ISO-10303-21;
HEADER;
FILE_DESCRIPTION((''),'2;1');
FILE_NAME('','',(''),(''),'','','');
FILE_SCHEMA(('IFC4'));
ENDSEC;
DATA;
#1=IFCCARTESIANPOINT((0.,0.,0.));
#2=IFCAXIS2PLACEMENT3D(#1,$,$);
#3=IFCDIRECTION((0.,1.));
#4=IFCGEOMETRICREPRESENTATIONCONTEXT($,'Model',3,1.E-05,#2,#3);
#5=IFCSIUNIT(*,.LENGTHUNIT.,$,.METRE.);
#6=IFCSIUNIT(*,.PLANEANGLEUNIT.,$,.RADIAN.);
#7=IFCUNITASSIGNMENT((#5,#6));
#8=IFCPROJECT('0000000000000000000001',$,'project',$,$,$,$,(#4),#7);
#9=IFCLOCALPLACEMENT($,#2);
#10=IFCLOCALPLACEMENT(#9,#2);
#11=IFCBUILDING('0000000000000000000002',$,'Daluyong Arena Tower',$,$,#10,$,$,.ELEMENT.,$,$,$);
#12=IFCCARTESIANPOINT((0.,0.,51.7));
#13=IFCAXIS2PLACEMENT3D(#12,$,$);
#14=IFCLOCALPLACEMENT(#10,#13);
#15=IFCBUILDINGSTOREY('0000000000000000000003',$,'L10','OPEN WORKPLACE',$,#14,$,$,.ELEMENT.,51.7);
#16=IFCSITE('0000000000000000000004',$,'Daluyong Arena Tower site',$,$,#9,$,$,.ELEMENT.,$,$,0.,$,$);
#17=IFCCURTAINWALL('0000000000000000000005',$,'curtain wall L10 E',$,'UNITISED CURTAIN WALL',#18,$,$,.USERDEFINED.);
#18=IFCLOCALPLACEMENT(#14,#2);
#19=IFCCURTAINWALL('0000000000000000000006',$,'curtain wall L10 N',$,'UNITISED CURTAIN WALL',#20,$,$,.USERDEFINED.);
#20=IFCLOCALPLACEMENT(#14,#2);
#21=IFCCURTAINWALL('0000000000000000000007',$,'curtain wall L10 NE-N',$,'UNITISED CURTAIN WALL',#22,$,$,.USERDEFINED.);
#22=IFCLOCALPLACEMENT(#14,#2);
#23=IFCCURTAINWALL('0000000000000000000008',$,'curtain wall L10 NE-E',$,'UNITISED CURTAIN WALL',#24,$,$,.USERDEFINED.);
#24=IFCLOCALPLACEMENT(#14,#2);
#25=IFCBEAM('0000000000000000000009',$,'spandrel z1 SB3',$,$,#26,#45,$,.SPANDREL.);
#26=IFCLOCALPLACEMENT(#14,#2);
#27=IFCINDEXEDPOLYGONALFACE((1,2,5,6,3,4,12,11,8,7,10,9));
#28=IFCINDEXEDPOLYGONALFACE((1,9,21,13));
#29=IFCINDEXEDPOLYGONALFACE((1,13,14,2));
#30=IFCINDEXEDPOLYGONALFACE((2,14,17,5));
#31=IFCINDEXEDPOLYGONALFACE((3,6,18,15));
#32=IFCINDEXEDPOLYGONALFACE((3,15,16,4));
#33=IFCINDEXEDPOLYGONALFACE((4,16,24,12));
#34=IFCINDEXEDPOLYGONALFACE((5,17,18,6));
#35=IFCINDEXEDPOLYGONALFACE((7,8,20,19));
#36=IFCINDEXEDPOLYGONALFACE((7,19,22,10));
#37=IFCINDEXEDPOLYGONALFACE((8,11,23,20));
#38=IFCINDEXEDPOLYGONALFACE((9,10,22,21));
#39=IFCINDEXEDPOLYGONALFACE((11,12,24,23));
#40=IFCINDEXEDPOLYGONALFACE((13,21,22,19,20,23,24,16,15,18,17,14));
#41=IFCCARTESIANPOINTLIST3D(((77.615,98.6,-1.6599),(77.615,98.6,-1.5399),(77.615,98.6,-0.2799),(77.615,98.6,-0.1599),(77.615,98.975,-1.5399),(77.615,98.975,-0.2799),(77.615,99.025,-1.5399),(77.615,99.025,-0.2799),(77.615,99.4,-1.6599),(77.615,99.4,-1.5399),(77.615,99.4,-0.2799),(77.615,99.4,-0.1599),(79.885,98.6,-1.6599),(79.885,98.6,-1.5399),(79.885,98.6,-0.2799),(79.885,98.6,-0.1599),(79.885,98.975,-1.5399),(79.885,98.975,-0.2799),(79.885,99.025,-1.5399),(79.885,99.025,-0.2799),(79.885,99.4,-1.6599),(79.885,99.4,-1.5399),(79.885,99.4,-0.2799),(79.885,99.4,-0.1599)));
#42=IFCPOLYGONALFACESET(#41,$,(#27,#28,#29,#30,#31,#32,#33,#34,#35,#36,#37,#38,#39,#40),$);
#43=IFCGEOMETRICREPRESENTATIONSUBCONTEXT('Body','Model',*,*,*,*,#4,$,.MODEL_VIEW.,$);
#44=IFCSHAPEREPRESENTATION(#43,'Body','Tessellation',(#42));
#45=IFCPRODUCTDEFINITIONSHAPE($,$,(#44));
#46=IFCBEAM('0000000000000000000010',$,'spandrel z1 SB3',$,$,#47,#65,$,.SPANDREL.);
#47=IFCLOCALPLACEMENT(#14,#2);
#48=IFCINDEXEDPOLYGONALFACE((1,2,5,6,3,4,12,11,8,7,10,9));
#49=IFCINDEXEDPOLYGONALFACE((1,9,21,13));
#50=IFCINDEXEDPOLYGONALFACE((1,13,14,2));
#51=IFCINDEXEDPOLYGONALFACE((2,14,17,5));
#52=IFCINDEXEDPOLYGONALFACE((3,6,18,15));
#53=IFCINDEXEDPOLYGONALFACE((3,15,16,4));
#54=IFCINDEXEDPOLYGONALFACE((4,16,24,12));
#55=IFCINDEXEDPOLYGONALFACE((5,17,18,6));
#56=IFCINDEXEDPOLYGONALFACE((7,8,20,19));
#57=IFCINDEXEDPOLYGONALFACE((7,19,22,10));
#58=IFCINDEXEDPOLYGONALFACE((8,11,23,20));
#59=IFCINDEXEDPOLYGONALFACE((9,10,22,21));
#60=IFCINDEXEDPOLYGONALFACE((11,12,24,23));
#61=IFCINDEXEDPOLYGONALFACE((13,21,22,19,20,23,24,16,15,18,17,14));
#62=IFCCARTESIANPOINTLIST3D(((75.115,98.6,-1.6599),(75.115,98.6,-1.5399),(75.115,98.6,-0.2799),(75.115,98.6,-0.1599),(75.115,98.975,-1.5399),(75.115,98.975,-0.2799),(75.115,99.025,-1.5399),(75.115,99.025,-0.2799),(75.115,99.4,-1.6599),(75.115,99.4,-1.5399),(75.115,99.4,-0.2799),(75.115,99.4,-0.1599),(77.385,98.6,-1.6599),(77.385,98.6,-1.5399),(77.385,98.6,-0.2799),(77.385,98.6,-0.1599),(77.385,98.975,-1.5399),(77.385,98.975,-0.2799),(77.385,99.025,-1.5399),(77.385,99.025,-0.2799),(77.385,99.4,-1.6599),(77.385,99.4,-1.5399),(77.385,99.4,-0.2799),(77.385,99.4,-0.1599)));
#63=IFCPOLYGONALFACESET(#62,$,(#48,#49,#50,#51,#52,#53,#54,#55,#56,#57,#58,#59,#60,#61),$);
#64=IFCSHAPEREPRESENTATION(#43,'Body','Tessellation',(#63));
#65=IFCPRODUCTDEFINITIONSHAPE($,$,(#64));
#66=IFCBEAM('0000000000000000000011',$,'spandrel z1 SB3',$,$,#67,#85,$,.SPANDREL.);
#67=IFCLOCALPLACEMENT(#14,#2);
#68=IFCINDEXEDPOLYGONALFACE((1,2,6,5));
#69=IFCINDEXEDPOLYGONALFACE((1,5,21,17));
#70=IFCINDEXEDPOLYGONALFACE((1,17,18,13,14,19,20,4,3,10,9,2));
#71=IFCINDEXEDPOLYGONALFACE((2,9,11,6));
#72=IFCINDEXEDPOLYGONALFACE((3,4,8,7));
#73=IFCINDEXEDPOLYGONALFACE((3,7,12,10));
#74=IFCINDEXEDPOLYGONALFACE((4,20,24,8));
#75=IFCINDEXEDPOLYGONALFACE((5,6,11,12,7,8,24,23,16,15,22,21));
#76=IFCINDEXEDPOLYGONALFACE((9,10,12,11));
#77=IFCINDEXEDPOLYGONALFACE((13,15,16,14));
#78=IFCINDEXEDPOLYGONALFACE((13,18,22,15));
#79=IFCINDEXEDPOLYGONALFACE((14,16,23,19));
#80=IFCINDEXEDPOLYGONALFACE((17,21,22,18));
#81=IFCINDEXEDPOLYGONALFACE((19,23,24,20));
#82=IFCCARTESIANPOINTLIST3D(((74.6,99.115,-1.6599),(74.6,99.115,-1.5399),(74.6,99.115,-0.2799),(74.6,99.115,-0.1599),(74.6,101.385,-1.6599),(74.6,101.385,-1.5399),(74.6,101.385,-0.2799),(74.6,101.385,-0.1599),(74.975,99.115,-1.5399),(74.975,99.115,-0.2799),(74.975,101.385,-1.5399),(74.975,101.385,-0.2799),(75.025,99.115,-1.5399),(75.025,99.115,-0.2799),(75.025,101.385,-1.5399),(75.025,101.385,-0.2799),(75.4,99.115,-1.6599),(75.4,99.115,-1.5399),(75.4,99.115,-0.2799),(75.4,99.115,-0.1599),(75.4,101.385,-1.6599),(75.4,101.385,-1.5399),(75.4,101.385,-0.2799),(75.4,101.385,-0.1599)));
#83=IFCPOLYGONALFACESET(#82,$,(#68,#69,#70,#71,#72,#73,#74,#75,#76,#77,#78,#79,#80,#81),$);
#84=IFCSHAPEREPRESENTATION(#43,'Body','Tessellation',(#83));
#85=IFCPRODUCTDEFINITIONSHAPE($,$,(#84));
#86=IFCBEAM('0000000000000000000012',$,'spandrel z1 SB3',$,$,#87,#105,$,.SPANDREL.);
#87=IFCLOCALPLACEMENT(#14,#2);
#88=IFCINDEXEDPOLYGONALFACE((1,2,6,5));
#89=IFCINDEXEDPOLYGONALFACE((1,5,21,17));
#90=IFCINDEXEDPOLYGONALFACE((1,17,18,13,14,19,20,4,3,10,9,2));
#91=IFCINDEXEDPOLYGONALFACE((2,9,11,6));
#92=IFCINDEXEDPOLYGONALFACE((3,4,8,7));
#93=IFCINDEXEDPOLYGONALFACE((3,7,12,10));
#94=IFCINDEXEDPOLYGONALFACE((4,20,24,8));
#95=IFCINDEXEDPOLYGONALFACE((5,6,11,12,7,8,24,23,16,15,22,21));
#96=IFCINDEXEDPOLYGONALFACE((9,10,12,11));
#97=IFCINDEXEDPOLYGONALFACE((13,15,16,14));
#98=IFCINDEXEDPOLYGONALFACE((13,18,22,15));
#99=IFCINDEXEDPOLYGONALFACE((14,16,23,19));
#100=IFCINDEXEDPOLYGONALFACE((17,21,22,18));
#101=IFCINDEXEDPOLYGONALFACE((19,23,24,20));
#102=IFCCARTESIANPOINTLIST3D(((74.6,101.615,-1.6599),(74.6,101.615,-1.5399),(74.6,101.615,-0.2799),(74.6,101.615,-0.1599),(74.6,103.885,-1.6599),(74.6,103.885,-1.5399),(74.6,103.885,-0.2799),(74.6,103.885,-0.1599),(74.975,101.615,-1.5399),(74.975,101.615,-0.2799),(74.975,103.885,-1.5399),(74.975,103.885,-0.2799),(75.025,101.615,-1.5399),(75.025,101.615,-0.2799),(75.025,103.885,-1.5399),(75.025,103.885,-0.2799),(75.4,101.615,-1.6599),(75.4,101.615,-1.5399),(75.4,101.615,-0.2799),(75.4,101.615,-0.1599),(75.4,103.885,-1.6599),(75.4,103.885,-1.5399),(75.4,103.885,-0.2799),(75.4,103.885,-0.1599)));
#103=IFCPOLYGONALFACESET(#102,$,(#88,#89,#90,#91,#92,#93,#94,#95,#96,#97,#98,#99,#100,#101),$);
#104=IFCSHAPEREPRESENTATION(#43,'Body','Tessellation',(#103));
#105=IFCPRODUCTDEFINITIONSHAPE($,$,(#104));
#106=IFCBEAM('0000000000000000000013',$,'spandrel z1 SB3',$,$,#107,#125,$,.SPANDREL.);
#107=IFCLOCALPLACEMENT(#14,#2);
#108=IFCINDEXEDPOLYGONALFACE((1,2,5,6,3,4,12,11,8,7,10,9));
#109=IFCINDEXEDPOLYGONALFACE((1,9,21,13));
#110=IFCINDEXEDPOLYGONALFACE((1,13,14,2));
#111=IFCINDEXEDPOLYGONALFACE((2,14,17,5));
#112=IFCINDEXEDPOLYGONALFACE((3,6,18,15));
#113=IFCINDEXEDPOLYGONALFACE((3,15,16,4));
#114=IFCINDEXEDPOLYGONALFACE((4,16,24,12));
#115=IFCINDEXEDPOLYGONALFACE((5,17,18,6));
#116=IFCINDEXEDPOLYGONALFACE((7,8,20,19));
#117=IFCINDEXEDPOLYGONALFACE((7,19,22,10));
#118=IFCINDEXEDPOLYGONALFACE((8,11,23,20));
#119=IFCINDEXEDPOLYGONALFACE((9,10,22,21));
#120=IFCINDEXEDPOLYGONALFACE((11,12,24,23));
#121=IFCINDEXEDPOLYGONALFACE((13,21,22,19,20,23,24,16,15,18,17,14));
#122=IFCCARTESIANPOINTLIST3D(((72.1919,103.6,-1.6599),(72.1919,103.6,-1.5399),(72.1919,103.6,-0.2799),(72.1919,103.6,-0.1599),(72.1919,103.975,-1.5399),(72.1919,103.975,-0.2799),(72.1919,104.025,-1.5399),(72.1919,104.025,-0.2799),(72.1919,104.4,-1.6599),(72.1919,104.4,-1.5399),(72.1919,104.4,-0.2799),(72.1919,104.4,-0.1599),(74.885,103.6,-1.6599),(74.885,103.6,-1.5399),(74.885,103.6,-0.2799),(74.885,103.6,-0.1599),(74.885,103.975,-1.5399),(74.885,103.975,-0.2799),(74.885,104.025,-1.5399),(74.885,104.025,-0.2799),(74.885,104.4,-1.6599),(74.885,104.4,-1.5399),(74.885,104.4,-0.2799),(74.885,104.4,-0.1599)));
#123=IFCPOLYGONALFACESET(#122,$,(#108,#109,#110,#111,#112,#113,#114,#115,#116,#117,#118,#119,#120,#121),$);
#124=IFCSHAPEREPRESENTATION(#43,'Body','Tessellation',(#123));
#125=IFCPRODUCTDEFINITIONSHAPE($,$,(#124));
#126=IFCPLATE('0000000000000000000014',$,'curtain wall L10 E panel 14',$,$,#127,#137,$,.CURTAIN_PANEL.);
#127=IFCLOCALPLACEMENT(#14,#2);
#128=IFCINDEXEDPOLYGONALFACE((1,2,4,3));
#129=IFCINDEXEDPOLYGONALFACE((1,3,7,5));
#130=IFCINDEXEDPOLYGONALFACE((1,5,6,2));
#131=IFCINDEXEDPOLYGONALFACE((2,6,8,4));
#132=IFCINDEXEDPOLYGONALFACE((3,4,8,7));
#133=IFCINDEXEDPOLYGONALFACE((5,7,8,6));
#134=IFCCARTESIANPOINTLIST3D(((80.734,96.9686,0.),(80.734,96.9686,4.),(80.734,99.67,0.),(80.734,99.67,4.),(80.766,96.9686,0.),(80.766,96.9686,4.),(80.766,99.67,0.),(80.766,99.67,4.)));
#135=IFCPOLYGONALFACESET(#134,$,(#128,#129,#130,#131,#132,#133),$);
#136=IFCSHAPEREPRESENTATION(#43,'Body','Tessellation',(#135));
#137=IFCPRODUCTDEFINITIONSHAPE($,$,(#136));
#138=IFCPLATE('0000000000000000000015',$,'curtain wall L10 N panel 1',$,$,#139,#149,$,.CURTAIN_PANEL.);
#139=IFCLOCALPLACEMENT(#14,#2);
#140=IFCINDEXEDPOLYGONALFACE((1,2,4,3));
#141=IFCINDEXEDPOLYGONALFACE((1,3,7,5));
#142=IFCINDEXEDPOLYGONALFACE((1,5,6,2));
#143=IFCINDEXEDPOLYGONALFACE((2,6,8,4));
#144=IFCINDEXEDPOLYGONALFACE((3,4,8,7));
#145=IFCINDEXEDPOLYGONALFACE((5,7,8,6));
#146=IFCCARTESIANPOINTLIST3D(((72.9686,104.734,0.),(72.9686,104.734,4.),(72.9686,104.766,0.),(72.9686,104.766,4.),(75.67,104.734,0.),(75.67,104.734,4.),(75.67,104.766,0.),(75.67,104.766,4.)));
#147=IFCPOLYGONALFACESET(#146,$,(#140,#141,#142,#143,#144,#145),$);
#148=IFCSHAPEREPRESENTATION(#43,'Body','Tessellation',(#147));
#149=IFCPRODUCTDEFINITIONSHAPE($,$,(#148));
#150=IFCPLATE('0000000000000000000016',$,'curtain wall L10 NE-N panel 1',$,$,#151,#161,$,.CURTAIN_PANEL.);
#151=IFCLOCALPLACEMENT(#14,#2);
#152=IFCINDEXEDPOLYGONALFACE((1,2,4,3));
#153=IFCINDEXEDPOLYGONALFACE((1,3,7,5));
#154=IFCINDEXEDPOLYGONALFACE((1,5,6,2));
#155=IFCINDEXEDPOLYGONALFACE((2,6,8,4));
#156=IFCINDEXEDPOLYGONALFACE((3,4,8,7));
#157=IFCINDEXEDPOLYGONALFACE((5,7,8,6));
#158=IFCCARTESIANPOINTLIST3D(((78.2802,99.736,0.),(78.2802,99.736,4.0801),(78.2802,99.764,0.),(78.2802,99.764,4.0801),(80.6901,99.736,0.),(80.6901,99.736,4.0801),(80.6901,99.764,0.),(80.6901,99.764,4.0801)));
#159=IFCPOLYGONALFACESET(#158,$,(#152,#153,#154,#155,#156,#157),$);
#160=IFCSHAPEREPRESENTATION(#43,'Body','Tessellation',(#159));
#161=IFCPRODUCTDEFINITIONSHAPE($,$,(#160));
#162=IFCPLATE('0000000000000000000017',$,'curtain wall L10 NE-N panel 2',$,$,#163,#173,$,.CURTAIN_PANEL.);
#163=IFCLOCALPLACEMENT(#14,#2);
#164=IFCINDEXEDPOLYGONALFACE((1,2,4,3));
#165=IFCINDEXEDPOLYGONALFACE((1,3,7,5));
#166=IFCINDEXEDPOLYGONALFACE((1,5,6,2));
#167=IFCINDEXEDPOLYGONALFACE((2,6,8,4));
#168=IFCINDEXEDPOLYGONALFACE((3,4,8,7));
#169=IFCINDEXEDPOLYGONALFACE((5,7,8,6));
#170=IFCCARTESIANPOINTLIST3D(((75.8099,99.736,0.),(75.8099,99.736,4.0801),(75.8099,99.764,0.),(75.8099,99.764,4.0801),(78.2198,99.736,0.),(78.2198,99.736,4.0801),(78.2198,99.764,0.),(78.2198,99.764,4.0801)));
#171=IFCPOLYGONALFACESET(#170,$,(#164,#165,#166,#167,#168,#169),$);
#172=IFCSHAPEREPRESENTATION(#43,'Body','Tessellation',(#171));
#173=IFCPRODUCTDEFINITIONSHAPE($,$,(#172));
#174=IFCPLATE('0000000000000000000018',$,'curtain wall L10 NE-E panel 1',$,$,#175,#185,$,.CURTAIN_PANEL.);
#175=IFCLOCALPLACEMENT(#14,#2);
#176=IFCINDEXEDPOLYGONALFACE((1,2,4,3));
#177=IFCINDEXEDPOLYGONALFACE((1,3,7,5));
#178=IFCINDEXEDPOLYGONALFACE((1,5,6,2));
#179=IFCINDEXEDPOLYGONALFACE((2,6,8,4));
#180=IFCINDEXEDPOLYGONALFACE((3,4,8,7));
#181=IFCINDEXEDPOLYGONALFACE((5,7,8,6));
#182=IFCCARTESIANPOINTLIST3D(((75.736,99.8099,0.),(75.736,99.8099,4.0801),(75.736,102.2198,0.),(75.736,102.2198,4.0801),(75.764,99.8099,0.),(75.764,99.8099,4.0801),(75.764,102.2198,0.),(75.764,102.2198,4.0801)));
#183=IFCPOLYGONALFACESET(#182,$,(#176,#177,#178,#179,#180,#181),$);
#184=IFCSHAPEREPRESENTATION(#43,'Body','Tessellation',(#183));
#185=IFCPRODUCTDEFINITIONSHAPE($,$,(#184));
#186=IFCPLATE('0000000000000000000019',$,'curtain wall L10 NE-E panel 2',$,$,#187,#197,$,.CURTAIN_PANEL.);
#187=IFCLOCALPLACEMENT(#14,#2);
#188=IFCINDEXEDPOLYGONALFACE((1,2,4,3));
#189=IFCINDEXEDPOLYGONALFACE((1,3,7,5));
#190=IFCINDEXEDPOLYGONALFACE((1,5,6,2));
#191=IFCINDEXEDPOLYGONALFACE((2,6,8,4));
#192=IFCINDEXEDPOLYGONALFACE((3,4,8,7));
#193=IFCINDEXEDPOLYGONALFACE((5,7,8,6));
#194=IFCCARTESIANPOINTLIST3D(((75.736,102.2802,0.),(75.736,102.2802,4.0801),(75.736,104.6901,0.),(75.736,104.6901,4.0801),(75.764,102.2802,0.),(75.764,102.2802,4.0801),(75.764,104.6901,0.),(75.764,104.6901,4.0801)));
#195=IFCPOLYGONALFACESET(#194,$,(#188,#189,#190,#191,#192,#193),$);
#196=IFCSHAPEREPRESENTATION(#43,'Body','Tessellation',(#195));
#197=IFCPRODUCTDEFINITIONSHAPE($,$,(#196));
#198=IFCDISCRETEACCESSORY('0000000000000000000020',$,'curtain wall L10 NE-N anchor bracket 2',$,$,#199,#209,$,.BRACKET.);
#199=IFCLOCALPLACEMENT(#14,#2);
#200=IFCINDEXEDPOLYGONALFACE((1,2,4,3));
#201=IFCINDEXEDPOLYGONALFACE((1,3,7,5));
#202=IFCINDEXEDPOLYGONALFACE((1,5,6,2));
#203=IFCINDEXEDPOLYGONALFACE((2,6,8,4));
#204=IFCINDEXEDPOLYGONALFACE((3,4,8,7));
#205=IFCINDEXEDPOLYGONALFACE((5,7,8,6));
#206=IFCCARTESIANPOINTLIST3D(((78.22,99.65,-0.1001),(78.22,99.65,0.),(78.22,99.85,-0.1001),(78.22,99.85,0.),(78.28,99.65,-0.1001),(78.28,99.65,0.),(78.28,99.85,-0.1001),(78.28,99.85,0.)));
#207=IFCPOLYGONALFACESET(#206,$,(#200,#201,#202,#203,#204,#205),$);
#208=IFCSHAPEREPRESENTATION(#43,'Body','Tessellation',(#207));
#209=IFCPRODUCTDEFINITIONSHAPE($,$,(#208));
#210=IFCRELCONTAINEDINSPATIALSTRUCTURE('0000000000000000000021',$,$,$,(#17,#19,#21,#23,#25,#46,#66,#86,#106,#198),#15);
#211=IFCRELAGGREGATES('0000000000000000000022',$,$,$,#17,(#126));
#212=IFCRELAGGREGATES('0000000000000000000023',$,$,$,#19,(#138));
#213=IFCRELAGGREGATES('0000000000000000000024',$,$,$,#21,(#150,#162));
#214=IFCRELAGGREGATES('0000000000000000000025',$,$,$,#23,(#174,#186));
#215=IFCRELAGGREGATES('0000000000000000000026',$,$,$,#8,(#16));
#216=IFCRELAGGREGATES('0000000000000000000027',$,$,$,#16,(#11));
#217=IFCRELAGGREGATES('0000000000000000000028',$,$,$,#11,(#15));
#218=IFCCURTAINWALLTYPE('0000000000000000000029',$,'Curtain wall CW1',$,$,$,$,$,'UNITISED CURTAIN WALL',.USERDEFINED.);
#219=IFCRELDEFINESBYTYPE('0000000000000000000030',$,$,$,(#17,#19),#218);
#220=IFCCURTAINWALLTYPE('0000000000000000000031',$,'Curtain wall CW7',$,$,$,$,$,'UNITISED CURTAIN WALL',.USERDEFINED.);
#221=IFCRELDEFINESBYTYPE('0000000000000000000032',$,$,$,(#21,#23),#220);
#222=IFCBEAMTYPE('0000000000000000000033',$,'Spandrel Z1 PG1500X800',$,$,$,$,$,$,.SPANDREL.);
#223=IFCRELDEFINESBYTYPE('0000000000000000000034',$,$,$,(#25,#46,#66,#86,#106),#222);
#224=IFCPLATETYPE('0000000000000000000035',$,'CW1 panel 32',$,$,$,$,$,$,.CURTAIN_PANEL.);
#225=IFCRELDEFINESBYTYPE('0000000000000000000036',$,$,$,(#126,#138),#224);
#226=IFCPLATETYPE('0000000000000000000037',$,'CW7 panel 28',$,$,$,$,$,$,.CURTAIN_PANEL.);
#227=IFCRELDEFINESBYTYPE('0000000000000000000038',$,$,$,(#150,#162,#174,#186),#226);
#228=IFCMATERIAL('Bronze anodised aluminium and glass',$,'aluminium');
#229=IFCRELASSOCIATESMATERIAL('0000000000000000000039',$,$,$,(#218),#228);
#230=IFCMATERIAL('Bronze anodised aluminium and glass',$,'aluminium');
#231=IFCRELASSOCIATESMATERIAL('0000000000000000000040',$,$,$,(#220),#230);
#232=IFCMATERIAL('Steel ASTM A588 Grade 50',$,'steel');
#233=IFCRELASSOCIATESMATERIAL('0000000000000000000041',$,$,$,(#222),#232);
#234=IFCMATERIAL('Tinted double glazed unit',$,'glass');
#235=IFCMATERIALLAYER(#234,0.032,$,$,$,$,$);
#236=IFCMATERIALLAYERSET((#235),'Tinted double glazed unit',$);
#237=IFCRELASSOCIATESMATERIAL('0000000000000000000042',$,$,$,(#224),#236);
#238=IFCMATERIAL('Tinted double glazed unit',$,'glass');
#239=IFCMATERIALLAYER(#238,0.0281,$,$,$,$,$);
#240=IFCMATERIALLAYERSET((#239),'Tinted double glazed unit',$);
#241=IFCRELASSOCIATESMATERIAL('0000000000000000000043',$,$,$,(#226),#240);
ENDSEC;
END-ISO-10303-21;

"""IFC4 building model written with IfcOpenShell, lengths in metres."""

from ifc_helpers import new_model, si_unit, direction, frame, origin, origin_2d, place, context, subcontext, project, spatial, rectangle, i_section, extrude, material, layer, layer_set, material_profile, profile_set, type_object, element, aggregate, save


model = new_model("IFC4")

# Units and contexts
model_context = context("Model", 3, precision=1e-05, world=origin(), true_north=direction((0.0, 1.0)))
body_context = subcontext(model_context, "Body", "Model", "MODEL_VIEW")
ifc_project = project(units=[si_unit("LENGTHUNIT", "METRE"), si_unit("PLANEANGLEUNIT", "RADIAN")], contexts=[model_context])

# Site, building, storey
site_placement = place(None, origin())
site = spatial("IfcSite", under=ifc_project, at=site_placement, Name="Daluyong Arena Tower site", CompositionType="ELEMENT", RefElevation=0.0)
building_placement = place(site_placement, origin())
building = spatial("IfcBuilding", under=site, at=building_placement, Name="Daluyong Arena Tower", CompositionType="ELEMENT")
storey_placement = place(building_placement, frame((0.0, 0.0, 51.7)))
storey = spatial("IfcBuildingStorey", under=building, at=storey_placement, Name="L10", Description="OPEN WORKPLACE", CompositionType="ELEMENT", Elevation=51.7)

# Curtain walls
ifc_material_1 = material(Name="Bronze anodised aluminium and glass", Category="aluminium")
curtain_wall_type_1 = type_object("IfcCurtainWallType", Name="Curtain wall CW1", ElementType="UNITISED CURTAIN WALL", PredefinedType="USERDEFINED", material=ifc_material_1)
curtain_wall_1_placement = place(storey_placement, origin())
curtain_wall_1 = element("IfcCurtainWall", 1, at=curtain_wall_1_placement, inside=storey, type_object=curtain_wall_type_1, Name="curtain wall L10 E", ObjectType="UNITISED CURTAIN WALL", PredefinedType="USERDEFINED")
curtain_wall_2_placement = place(storey_placement, origin())
curtain_wall_2 = element("IfcCurtainWall", 2, at=curtain_wall_2_placement, inside=storey, type_object=curtain_wall_type_1, Name="curtain wall L10 N", ObjectType="UNITISED CURTAIN WALL", PredefinedType="USERDEFINED")

# Curtain walls
ifc_material_2 = material(Name="Bronze anodised aluminium and glass", Category="aluminium")
curtain_wall_type_2 = type_object("IfcCurtainWallType", Name="Curtain wall CW7", ElementType="UNITISED CURTAIN WALL", PredefinedType="USERDEFINED", material=ifc_material_2)
curtain_wall_3_placement = place(storey_placement, origin())
curtain_wall_3 = element("IfcCurtainWall", 3, at=curtain_wall_3_placement, inside=storey, type_object=curtain_wall_type_2, Name="curtain wall L10 NE-N", ObjectType="UNITISED CURTAIN WALL", PredefinedType="USERDEFINED")
curtain_wall_4_placement = place(storey_placement, origin())
curtain_wall_4 = element("IfcCurtainWall", 4, at=curtain_wall_4_placement, inside=storey, type_object=curtain_wall_type_2, Name="curtain wall L10 NE-E", ObjectType="UNITISED CURTAIN WALL", PredefinedType="USERDEFINED")

# Beams
ifc_material_3 = material(Name="Steel ASTM A588 Grade 50", Category="steel")
ifc_material_profile_1 = material_profile(ifc_material_3, i_section(OverallWidth=0.8, OverallDepth=1.5, WebThickness=0.05, FlangeThickness=0.12, at=origin_2d()))
ifc_profile_set_1 = profile_set([ifc_material_profile_1], Name="Steel ASTM A588 Grade 50")
beam_type_1 = type_object("IfcBeamType", Name="Spandrel Z1 PG1500X800", PredefinedType="SPANDREL", material=ifc_profile_set_1)
for number, where, z_axis, x_axis, name in (
    (5, (79.885, 99.0, -0.9099), (-1.0, 0.0, 0.0), (0.0, -1.0, 0.0), "spandrel z1 SB3"),
    (6, (77.385, 99.0, -0.9099), (-1.0, 0.0, 0.0), (0.0, -1.0, 0.0), "spandrel z1 SB3"),
    (7, (75.0, 99.115, -0.9099), (0.0, 1.0, 0.0), (-1.0, 0.0, 0.0), "spandrel z1 SB3"),
    (8, (75.0, 101.615, -0.9099), (0.0, 1.0, 0.0), (-1.0, 0.0, 0.0), "spandrel z1 SB3"),
):
    element("IfcBeam", number, at=place(storey_placement, frame(where, z_axis=z_axis, x_axis=x_axis)), inside=storey, type_object=beam_type_1, Name=name, PredefinedType="SPANDREL", context=body_context, shape_type="SweptSolid", body=[
        extrude(i_section(OverallWidth=0.8, OverallDepth=1.5, WebThickness=0.05, FlangeThickness=0.12, at=origin_2d()), origin(), (0.0, 0.0, 1.0), 2.27),
    ])
beam_1_placement = place(storey_placement, frame((74.885, 104.0, -0.9099), z_axis=(-1.0, 0.0, 0.0), x_axis=(0.0, -1.0, 0.0)))
element("IfcBeam", 9, at=beam_1_placement, inside=storey, type_object=beam_type_1, Name="spandrel z1 SB3", PredefinedType="SPANDREL", context=body_context, shape_type="SweptSolid", body=[
    extrude(i_section(OverallWidth=0.8, OverallDepth=1.5, WebThickness=0.05, FlangeThickness=0.12, at=origin_2d()), origin(), (0.0, 0.0, 1.0), 2.6931),
])

# Plates
ifc_material_4 = material(Name="Tinted double glazed unit", Category="glass")
ifc_layer_1 = layer(ifc_material_4, 0.032)
ifc_layer_set_1 = layer_set([ifc_layer_1], Name="Tinted double glazed unit")
plate_type_1 = type_object("IfcPlateType", Name="CW1 panel 32", PredefinedType="CURTAIN_PANEL", material=ifc_layer_set_1)
plate_1_placement = place(storey_placement, frame((80.75, 98.3193, 0.0), z_axis=(0.0, 0.0, 1.0), x_axis=(0.0, 1.0, 0.0)))
plate_1 = element("IfcPlate", 10, at=plate_1_placement, type_object=plate_type_1, Name="curtain wall L10 E panel 14", PredefinedType="CURTAIN_PANEL", context=body_context, shape_type="SweptSolid", body=[
    extrude(rectangle(XDim=2.7014, YDim=0.032, at=origin_2d()), origin(), (0.0, 0.0, 1.0), 4.0),
])
aggregate(curtain_wall_1, [plate_1])
plate_2_placement = place(storey_placement, frame((74.3193, 104.75, 0.0), z_axis=(0.0, 0.0, 1.0), x_axis=(-1.0, 0.0, 0.0)))
plate_2 = element("IfcPlate", 11, at=plate_2_placement, type_object=plate_type_1, Name="curtain wall L10 N panel 1", PredefinedType="CURTAIN_PANEL", context=body_context, shape_type="SweptSolid", body=[
    extrude(rectangle(XDim=2.7014, YDim=0.032, at=origin_2d()), origin(), (0.0, 0.0, 1.0), 4.0),
])
aggregate(curtain_wall_2, [plate_2])
ifc_material_5 = material(Name="Tinted double glazed unit", Category="glass")
ifc_layer_2 = layer(ifc_material_5, 0.0281)
ifc_layer_set_2 = layer_set([ifc_layer_2], Name="Tinted double glazed unit")
plate_type_2 = type_object("IfcPlateType", Name="CW7 panel 28", PredefinedType="CURTAIN_PANEL", material=ifc_layer_set_2)
plate_3_placement = place(storey_placement, frame((79.4851, 99.75, 0.0), z_axis=(0.0, 0.0, 1.0), x_axis=(-1.0, 0.0, 0.0)))
plate_3 = element("IfcPlate", 12, at=plate_3_placement, type_object=plate_type_2, Name="curtain wall L10 NE-N panel 1", PredefinedType="CURTAIN_PANEL", context=body_context, shape_type="SweptSolid", body=[
    extrude(rectangle(XDim=2.4099, YDim=0.0281, at=origin_2d()), origin(), (0.0, 0.0, 1.0), 4.0801),
])
plate_4_placement = place(storey_placement, frame((77.0149, 99.75, 0.0), z_axis=(0.0, 0.0, 1.0), x_axis=(-1.0, 0.0, 0.0)))
plate_4 = element("IfcPlate", 13, at=plate_4_placement, type_object=plate_type_2, Name="curtain wall L10 NE-N panel 2", PredefinedType="CURTAIN_PANEL", context=body_context, shape_type="SweptSolid", body=[
    extrude(rectangle(XDim=2.4099, YDim=0.0281, at=origin_2d()), origin(), (0.0, 0.0, 1.0), 4.0801),
])
aggregate(curtain_wall_3, [plate_3, plate_4])
plate_5_placement = place(storey_placement, frame((75.75, 101.0149, 0.0), z_axis=(0.0, 0.0, 1.0), x_axis=(0.0, 1.0, 0.0)))
plate_5 = element("IfcPlate", 14, at=plate_5_placement, type_object=plate_type_2, Name="curtain wall L10 NE-E panel 1", PredefinedType="CURTAIN_PANEL", context=body_context, shape_type="SweptSolid", body=[
    extrude(rectangle(XDim=2.4099, YDim=0.0281, at=origin_2d()), origin(), (0.0, 0.0, 1.0), 4.0801),
])
plate_6_placement = place(storey_placement, frame((75.75, 103.4851, 0.0), z_axis=(0.0, 0.0, 1.0), x_axis=(0.0, 1.0, 0.0)))
plate_6 = element("IfcPlate", 15, at=plate_6_placement, type_object=plate_type_2, Name="curtain wall L10 NE-E panel 2", PredefinedType="CURTAIN_PANEL", context=body_context, shape_type="SweptSolid", body=[
    extrude(rectangle(XDim=2.4099, YDim=0.0281, at=origin_2d()), origin(), (0.0, 0.0, 1.0), 4.0801),
])
aggregate(curtain_wall_4, [plate_5, plate_6])

# Discrete accessory
for number, where, z_axis, x_axis, name in (
    (16, (78.25, 99.75, -0.1001), (0.0, 0.0, 1.0), (-1.0, 0.0, 0.0), "curtain wall L10 NE-N anchor bracket 2"),
):
    element("IfcDiscreteAccessory", number, at=place(storey_placement, frame(where, z_axis=z_axis, x_axis=x_axis)), inside=storey, Name=name, PredefinedType="BRACKET", context=body_context, shape_type="SweptSolid", body=[
        extrude(rectangle(XDim=0.0601, YDim=0.2, at=origin_2d()), origin(), (0.0, 0.0, 1.0), 0.1001),
    ])

save(model, "model.ifc")
